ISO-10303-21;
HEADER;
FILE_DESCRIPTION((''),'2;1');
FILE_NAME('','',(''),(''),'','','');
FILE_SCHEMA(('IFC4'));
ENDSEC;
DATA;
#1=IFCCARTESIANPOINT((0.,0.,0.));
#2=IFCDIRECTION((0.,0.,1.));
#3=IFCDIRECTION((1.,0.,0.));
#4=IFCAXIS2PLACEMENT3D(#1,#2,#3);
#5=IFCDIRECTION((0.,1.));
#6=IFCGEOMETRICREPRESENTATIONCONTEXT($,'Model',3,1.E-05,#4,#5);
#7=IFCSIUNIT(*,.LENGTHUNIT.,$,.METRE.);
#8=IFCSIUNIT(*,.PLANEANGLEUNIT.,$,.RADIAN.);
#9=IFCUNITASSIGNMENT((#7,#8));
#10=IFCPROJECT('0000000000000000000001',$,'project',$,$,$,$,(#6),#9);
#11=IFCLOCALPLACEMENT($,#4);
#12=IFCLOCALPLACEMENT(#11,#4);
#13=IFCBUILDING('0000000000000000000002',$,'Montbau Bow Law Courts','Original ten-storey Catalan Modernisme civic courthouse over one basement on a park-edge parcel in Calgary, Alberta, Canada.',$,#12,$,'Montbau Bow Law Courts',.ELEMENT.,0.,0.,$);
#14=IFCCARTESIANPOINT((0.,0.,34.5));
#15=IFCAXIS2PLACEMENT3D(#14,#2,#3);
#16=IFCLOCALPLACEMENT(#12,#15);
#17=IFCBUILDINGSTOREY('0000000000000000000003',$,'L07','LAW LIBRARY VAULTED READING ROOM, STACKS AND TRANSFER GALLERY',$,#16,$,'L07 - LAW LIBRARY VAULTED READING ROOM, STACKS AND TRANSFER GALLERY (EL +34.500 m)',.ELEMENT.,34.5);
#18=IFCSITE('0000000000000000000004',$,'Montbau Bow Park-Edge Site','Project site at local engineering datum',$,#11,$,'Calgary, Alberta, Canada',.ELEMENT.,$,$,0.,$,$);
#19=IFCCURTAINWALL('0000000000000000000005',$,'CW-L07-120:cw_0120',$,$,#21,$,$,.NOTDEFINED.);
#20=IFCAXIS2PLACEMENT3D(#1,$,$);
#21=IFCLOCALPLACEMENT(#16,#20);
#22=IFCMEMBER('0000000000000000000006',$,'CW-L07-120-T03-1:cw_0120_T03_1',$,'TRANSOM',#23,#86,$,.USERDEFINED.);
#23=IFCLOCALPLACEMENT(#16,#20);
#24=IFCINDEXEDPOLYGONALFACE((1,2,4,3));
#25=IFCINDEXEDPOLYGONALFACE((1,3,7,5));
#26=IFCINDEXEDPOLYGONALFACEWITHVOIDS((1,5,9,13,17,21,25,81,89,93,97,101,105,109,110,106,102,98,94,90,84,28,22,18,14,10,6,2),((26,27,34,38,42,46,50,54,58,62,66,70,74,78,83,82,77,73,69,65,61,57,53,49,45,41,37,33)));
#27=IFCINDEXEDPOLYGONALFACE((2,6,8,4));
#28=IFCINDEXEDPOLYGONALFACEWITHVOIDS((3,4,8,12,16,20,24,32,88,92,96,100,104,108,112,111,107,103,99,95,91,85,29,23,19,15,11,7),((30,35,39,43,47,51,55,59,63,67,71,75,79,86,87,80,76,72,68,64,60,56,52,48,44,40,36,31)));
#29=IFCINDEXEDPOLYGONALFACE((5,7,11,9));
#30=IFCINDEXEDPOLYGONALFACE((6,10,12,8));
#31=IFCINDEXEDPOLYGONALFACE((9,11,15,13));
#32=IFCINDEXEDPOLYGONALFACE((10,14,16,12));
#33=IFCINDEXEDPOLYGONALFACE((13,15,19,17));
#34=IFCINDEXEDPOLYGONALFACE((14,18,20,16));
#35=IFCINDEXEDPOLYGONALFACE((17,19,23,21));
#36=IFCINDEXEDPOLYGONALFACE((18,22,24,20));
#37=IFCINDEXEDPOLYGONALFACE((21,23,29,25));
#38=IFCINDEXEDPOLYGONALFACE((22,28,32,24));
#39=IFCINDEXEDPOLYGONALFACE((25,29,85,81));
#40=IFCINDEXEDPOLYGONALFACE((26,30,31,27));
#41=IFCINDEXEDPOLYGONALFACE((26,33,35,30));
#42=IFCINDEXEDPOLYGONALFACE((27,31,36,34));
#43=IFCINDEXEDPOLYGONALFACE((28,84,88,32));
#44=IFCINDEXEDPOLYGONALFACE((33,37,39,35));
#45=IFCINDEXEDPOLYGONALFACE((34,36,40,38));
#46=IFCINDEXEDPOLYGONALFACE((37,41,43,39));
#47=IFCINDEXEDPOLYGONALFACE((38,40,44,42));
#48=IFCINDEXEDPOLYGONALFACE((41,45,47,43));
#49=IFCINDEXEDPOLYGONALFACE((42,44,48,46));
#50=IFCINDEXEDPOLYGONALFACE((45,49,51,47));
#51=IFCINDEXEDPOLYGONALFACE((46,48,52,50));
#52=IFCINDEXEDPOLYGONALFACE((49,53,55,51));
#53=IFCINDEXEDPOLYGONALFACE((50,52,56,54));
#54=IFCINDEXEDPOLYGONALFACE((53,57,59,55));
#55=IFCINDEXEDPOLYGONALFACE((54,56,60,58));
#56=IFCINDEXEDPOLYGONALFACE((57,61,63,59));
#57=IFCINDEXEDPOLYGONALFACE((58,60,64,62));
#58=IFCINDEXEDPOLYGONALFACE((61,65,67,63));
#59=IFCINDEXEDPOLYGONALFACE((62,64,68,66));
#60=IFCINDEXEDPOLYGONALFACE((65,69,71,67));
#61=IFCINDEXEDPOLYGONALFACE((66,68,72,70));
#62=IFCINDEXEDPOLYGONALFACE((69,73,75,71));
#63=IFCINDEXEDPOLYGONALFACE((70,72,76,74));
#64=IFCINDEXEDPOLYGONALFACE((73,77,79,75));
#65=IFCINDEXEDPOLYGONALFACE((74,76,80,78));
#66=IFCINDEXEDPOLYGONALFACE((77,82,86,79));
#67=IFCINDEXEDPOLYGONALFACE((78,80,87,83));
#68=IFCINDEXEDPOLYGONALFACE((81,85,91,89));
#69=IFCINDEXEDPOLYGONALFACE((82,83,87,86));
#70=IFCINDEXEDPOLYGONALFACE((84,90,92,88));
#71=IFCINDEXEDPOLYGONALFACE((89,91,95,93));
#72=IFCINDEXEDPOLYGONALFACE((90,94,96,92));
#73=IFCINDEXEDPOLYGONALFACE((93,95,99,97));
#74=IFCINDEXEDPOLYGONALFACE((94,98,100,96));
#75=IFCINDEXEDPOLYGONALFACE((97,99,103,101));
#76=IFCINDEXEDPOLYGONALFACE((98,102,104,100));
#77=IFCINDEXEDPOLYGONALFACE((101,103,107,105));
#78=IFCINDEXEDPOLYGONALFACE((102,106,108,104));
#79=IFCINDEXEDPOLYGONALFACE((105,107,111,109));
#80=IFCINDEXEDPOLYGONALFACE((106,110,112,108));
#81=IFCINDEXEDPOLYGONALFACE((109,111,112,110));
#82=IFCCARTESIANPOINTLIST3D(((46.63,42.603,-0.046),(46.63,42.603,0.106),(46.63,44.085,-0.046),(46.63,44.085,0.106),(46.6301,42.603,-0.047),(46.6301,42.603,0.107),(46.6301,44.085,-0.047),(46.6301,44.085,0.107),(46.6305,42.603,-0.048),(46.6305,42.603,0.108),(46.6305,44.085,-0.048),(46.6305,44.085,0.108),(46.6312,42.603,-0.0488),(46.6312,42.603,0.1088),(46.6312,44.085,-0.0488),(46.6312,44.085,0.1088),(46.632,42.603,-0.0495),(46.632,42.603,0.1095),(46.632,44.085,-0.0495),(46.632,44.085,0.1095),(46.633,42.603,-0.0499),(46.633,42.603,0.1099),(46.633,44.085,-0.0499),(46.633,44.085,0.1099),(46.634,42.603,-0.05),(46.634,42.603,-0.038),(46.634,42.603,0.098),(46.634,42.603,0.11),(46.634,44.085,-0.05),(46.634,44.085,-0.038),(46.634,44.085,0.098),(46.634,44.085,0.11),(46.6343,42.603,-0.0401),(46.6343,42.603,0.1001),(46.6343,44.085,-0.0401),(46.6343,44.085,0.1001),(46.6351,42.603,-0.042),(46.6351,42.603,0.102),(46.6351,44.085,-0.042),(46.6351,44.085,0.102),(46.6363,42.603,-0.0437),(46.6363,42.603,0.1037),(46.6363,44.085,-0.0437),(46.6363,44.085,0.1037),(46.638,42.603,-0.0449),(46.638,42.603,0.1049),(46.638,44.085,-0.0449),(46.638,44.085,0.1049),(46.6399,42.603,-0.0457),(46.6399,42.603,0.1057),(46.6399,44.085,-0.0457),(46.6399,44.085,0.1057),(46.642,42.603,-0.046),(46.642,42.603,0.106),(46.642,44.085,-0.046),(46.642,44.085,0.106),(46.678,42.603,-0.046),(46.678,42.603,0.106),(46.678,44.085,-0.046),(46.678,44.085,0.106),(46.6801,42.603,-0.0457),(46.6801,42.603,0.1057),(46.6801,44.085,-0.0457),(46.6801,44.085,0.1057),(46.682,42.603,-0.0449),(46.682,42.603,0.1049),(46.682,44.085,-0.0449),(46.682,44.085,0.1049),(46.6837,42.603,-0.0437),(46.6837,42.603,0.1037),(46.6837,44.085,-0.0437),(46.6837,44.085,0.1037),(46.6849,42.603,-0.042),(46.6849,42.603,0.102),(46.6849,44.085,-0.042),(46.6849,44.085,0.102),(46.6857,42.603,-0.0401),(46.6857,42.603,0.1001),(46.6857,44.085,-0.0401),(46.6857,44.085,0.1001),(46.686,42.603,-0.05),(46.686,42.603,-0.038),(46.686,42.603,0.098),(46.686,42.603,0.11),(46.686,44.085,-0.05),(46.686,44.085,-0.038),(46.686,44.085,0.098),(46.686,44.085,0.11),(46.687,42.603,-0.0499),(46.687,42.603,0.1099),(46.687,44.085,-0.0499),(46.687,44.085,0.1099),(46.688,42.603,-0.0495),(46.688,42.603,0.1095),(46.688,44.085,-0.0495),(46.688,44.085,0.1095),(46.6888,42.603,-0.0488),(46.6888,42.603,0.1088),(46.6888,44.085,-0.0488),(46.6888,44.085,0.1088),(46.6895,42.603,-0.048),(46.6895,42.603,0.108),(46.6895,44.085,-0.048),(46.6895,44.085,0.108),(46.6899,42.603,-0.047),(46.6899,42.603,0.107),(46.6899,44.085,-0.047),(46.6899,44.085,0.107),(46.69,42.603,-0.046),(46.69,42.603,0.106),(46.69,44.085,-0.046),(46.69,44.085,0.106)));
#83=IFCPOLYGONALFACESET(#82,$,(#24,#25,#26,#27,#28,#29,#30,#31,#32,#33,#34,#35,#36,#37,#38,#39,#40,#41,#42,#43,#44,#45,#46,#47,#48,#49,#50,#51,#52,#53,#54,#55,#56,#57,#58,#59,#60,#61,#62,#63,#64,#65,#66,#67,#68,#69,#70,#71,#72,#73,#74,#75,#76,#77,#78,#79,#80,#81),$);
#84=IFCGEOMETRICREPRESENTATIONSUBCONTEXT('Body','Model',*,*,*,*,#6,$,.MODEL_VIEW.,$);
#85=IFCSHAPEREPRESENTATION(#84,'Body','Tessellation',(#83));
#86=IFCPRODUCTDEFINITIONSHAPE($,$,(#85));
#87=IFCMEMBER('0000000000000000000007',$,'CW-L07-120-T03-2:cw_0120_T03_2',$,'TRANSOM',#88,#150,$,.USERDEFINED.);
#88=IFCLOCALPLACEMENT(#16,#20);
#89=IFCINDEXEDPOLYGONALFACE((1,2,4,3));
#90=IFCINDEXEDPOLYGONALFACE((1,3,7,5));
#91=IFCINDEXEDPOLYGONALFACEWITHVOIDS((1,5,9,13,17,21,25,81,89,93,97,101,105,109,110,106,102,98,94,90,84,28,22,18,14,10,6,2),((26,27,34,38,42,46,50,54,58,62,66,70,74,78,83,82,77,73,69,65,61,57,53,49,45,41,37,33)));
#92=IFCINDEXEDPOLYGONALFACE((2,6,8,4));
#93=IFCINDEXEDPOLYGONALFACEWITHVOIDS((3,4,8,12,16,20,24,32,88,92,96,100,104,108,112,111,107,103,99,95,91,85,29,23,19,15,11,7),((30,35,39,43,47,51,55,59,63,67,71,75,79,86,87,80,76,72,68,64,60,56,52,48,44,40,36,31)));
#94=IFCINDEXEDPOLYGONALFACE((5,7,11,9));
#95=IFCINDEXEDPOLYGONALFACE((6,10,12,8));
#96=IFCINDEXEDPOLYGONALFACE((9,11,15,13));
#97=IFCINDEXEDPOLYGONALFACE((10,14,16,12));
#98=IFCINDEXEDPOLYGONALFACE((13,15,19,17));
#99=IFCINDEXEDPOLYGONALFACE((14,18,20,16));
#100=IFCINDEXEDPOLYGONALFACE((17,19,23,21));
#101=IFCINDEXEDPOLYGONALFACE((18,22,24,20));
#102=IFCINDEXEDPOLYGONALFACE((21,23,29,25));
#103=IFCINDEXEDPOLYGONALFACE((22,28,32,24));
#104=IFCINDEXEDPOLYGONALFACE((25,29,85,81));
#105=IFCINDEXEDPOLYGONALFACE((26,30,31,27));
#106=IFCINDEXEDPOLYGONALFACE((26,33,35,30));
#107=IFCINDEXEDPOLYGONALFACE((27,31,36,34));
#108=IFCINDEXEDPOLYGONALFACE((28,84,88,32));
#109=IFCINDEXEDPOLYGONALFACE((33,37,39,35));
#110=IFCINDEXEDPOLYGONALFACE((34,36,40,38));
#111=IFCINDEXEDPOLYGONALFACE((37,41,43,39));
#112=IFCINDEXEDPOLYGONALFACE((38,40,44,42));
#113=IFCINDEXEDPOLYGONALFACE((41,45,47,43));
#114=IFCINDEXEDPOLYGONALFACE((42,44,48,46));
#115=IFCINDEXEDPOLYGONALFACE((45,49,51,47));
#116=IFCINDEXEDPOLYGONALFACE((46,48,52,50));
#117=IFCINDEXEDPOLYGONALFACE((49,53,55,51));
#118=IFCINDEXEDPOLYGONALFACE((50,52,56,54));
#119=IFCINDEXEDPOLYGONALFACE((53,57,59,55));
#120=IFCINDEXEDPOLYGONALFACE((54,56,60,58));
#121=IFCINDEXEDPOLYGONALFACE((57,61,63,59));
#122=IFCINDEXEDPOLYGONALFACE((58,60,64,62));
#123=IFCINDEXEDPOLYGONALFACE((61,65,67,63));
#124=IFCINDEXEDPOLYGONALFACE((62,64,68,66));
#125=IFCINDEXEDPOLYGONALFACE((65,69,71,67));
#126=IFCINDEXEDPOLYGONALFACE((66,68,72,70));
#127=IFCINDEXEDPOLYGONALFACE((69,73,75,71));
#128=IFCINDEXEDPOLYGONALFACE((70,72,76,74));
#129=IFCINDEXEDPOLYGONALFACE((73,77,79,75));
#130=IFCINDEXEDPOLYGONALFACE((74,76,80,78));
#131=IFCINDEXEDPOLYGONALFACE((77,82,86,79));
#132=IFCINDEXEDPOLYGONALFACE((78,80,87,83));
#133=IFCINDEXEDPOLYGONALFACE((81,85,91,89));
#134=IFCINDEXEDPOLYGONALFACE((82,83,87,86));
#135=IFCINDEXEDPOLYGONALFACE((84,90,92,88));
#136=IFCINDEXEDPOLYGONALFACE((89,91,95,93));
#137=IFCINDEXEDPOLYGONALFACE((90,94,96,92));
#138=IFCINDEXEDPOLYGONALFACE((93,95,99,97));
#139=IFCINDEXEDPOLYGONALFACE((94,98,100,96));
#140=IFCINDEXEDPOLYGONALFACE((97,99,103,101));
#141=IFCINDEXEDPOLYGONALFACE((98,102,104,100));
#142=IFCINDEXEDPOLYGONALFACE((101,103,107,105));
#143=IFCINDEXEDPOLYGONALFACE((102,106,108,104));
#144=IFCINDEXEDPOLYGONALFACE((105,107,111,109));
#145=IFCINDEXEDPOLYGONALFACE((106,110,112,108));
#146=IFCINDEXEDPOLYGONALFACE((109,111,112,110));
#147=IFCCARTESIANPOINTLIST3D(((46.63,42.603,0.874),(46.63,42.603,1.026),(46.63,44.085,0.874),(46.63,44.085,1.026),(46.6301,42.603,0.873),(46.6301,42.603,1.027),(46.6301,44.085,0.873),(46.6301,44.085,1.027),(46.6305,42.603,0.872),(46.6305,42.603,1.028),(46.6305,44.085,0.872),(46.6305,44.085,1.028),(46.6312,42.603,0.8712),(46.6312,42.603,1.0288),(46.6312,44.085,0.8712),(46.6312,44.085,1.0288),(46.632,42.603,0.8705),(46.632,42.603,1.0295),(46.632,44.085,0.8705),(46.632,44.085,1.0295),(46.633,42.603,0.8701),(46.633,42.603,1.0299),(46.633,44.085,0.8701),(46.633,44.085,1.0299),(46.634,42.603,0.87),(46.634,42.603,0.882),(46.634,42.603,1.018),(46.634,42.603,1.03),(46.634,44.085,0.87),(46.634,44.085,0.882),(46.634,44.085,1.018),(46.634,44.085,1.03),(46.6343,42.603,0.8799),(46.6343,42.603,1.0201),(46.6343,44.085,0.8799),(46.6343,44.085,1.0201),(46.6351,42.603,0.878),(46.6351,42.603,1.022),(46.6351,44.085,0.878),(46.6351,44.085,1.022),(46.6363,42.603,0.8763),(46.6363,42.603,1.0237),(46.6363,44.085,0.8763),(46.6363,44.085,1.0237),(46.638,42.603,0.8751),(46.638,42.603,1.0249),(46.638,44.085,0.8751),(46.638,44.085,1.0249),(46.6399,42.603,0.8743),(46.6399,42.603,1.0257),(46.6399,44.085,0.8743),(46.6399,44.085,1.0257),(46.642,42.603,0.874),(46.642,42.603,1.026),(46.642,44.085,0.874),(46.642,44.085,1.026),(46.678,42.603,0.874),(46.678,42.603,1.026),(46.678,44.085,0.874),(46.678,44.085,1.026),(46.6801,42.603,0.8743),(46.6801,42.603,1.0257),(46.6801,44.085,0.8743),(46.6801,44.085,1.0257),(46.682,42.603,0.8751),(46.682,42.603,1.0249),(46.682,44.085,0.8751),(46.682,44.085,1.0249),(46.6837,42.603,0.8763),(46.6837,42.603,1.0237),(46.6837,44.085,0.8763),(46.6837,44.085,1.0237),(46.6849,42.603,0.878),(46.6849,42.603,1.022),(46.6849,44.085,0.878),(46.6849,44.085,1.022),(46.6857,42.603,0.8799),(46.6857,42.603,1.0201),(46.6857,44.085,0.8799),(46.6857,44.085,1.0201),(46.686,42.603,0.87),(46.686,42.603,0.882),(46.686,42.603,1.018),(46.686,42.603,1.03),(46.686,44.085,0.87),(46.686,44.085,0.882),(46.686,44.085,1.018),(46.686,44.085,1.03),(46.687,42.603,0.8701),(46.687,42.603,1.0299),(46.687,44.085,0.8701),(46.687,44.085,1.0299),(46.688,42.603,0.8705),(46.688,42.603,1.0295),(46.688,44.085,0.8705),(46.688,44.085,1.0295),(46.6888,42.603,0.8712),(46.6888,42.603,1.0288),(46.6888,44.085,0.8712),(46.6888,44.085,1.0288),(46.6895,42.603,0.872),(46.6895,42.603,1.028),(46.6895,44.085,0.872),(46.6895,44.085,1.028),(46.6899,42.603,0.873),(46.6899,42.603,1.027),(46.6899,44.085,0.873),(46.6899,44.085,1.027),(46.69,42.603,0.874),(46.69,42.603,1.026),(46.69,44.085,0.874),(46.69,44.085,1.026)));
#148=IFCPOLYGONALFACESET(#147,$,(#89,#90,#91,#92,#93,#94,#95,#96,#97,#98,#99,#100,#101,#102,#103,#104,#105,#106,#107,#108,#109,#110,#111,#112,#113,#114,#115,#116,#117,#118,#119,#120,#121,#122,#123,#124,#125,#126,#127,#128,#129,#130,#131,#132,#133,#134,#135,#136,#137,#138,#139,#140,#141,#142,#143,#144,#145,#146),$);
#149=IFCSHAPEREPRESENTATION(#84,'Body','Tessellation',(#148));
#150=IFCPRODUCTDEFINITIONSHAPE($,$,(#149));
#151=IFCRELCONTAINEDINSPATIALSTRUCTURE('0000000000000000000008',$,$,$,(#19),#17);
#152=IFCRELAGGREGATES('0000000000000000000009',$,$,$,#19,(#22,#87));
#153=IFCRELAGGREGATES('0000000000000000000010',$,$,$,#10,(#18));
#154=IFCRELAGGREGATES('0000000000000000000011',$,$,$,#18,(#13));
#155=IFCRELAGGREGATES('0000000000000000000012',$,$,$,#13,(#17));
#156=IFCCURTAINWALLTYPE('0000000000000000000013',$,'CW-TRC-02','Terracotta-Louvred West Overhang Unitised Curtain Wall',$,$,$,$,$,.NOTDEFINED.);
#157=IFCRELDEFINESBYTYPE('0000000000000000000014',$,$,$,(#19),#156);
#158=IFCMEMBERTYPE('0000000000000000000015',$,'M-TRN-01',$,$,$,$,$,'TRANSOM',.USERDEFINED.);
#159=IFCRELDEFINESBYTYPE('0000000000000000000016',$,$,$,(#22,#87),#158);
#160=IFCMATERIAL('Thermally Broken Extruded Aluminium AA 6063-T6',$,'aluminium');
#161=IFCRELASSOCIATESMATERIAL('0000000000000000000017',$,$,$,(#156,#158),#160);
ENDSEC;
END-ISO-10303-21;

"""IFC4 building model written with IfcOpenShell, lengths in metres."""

from ifc_helpers import new_model, si_unit, direction, frame, origin_with_axes, origin_2d_with_axis, place, context, subcontext, project, spatial, hollow_rectangle, extrude, material, material_profile, profile_set, type_object, element, aggregate, save


model = new_model("IFC4")

# Units and contexts
model_context = context("Model", 3, precision=1e-05, world=origin_with_axes(), true_north=direction((0.0, 1.0)))
body_context = subcontext(model_context, "Body", "Model", "MODEL_VIEW")
ifc_project = project(units=[si_unit("LENGTHUNIT", "METRE"), si_unit("PLANEANGLEUNIT", "RADIAN")], contexts=[model_context])

# Site, building, storey
site_placement = place(None, origin_with_axes())
site = spatial("IfcSite", under=ifc_project, at=site_placement, Name="Montbau Bow Park-Edge Site", Description="Project site at local engineering datum", LongName="Calgary, Alberta, Canada", CompositionType="ELEMENT", RefElevation=0.0)
building_placement = place(site_placement, origin_with_axes())
building = spatial("IfcBuilding", under=site, at=building_placement, Name="Montbau Bow Law Courts", Description="Original ten-storey Catalan Modernisme civic courthouse over one basement on a park-edge parcel in Calgary, Alberta, Canada.", LongName="Montbau Bow Law Courts", CompositionType="ELEMENT", ElevationOfRefHeight=0.0, ElevationOfTerrain=0.0)
storey_placement = place(building_placement, frame((0.0, 0.0, 34.5), z_axis=(0.0, 0.0, 1.0), x_axis=(1.0, 0.0, 0.0)))
storey = spatial("IfcBuildingStorey", under=building, at=storey_placement, Name="L07", Description="LAW LIBRARY VAULTED READING ROOM, STACKS AND TRANSFER GALLERY", LongName="L07 - LAW LIBRARY VAULTED READING ROOM, STACKS AND TRANSFER GALLERY (EL +34.500 m)", CompositionType="ELEMENT", Elevation=34.5)

# Curtain wall, members
ifc_material_1 = material(Name="Thermally Broken Extruded Aluminium AA 6063-T6", Category="aluminium")
curtain_wall_type = type_object("IfcCurtainWallType", Name="CW-TRC-02", Description="Terracotta-Louvred West Overhang Unitised Curtain Wall", PredefinedType="NOTDEFINED", material=ifc_material_1)
curtain_wall_placement = place(None, frame((46.66, 39.44, 34.5), z_axis=(0.0, 0.0, 1.0), x_axis=(1.0, 0.0, 0.0)))
curtain_wall = element("IfcCurtainWall", 1, at=curtain_wall_placement, inside=storey, type_object=curtain_wall_type, Name="CW-L07-120:cw_0120", PredefinedType="NOTDEFINED")
ifc_material_profile_1 = material_profile(ifc_material_1, hollow_rectangle(XDim=0.06, YDim=0.16, WallThickness=0.004, InnerFilletRadius=0.008, OuterFilletRadius=0.004, at=origin_2d_with_axis()), Name="CWT-160X60", Category="Main", Priority=0)
ifc_profile_set_1 = profile_set([ifc_material_profile_1], Name="Thermally Broken Extruded Aluminium AA 6063-T6")
member_type_1 = type_object("IfcMemberType", Name="M-TRN-01", ElementType="TRANSOM", PredefinedType="USERDEFINED", material=ifc_profile_set_1)
member_1_placement = place(None, frame((46.66, 42.603, 34.53), z_axis=(0.0, 1.0, 0.0), x_axis=(-1.0, 0.0, 0.0)))
member_1 = element("IfcMember", 2, at=member_1_placement, type_object=member_type_1, Name="CW-L07-120-T03-1:cw_0120_T03_1", ObjectType="TRANSOM", PredefinedType="USERDEFINED", context=body_context, shape_type="SweptSolid", body=[
    extrude(hollow_rectangle(XDim=0.06, YDim=0.16, WallThickness=0.004, InnerFilletRadius=0.008, OuterFilletRadius=0.004, at=origin_2d_with_axis()), origin_with_axes(), (0.0, 0.0, 1.0), 1.482),
])
member_2_placement = place(None, frame((46.66, 42.603, 35.45), z_axis=(0.0, 1.0, 0.0), x_axis=(-1.0, 0.0, 0.0)))
member_2 = element("IfcMember", 3, at=member_2_placement, type_object=member_type_1, Name="CW-L07-120-T03-2:cw_0120_T03_2", ObjectType="TRANSOM", PredefinedType="USERDEFINED", context=body_context, shape_type="SweptSolid", body=[
    extrude(hollow_rectangle(XDim=0.06, YDim=0.16, WallThickness=0.004, InnerFilletRadius=0.008, OuterFilletRadius=0.004, at=origin_2d_with_axis()), origin_with_axes(), (0.0, 0.0, 1.0), 1.482),
])
aggregate(curtain_wall, [member_1, member_2])

save(model, "model.ifc")
